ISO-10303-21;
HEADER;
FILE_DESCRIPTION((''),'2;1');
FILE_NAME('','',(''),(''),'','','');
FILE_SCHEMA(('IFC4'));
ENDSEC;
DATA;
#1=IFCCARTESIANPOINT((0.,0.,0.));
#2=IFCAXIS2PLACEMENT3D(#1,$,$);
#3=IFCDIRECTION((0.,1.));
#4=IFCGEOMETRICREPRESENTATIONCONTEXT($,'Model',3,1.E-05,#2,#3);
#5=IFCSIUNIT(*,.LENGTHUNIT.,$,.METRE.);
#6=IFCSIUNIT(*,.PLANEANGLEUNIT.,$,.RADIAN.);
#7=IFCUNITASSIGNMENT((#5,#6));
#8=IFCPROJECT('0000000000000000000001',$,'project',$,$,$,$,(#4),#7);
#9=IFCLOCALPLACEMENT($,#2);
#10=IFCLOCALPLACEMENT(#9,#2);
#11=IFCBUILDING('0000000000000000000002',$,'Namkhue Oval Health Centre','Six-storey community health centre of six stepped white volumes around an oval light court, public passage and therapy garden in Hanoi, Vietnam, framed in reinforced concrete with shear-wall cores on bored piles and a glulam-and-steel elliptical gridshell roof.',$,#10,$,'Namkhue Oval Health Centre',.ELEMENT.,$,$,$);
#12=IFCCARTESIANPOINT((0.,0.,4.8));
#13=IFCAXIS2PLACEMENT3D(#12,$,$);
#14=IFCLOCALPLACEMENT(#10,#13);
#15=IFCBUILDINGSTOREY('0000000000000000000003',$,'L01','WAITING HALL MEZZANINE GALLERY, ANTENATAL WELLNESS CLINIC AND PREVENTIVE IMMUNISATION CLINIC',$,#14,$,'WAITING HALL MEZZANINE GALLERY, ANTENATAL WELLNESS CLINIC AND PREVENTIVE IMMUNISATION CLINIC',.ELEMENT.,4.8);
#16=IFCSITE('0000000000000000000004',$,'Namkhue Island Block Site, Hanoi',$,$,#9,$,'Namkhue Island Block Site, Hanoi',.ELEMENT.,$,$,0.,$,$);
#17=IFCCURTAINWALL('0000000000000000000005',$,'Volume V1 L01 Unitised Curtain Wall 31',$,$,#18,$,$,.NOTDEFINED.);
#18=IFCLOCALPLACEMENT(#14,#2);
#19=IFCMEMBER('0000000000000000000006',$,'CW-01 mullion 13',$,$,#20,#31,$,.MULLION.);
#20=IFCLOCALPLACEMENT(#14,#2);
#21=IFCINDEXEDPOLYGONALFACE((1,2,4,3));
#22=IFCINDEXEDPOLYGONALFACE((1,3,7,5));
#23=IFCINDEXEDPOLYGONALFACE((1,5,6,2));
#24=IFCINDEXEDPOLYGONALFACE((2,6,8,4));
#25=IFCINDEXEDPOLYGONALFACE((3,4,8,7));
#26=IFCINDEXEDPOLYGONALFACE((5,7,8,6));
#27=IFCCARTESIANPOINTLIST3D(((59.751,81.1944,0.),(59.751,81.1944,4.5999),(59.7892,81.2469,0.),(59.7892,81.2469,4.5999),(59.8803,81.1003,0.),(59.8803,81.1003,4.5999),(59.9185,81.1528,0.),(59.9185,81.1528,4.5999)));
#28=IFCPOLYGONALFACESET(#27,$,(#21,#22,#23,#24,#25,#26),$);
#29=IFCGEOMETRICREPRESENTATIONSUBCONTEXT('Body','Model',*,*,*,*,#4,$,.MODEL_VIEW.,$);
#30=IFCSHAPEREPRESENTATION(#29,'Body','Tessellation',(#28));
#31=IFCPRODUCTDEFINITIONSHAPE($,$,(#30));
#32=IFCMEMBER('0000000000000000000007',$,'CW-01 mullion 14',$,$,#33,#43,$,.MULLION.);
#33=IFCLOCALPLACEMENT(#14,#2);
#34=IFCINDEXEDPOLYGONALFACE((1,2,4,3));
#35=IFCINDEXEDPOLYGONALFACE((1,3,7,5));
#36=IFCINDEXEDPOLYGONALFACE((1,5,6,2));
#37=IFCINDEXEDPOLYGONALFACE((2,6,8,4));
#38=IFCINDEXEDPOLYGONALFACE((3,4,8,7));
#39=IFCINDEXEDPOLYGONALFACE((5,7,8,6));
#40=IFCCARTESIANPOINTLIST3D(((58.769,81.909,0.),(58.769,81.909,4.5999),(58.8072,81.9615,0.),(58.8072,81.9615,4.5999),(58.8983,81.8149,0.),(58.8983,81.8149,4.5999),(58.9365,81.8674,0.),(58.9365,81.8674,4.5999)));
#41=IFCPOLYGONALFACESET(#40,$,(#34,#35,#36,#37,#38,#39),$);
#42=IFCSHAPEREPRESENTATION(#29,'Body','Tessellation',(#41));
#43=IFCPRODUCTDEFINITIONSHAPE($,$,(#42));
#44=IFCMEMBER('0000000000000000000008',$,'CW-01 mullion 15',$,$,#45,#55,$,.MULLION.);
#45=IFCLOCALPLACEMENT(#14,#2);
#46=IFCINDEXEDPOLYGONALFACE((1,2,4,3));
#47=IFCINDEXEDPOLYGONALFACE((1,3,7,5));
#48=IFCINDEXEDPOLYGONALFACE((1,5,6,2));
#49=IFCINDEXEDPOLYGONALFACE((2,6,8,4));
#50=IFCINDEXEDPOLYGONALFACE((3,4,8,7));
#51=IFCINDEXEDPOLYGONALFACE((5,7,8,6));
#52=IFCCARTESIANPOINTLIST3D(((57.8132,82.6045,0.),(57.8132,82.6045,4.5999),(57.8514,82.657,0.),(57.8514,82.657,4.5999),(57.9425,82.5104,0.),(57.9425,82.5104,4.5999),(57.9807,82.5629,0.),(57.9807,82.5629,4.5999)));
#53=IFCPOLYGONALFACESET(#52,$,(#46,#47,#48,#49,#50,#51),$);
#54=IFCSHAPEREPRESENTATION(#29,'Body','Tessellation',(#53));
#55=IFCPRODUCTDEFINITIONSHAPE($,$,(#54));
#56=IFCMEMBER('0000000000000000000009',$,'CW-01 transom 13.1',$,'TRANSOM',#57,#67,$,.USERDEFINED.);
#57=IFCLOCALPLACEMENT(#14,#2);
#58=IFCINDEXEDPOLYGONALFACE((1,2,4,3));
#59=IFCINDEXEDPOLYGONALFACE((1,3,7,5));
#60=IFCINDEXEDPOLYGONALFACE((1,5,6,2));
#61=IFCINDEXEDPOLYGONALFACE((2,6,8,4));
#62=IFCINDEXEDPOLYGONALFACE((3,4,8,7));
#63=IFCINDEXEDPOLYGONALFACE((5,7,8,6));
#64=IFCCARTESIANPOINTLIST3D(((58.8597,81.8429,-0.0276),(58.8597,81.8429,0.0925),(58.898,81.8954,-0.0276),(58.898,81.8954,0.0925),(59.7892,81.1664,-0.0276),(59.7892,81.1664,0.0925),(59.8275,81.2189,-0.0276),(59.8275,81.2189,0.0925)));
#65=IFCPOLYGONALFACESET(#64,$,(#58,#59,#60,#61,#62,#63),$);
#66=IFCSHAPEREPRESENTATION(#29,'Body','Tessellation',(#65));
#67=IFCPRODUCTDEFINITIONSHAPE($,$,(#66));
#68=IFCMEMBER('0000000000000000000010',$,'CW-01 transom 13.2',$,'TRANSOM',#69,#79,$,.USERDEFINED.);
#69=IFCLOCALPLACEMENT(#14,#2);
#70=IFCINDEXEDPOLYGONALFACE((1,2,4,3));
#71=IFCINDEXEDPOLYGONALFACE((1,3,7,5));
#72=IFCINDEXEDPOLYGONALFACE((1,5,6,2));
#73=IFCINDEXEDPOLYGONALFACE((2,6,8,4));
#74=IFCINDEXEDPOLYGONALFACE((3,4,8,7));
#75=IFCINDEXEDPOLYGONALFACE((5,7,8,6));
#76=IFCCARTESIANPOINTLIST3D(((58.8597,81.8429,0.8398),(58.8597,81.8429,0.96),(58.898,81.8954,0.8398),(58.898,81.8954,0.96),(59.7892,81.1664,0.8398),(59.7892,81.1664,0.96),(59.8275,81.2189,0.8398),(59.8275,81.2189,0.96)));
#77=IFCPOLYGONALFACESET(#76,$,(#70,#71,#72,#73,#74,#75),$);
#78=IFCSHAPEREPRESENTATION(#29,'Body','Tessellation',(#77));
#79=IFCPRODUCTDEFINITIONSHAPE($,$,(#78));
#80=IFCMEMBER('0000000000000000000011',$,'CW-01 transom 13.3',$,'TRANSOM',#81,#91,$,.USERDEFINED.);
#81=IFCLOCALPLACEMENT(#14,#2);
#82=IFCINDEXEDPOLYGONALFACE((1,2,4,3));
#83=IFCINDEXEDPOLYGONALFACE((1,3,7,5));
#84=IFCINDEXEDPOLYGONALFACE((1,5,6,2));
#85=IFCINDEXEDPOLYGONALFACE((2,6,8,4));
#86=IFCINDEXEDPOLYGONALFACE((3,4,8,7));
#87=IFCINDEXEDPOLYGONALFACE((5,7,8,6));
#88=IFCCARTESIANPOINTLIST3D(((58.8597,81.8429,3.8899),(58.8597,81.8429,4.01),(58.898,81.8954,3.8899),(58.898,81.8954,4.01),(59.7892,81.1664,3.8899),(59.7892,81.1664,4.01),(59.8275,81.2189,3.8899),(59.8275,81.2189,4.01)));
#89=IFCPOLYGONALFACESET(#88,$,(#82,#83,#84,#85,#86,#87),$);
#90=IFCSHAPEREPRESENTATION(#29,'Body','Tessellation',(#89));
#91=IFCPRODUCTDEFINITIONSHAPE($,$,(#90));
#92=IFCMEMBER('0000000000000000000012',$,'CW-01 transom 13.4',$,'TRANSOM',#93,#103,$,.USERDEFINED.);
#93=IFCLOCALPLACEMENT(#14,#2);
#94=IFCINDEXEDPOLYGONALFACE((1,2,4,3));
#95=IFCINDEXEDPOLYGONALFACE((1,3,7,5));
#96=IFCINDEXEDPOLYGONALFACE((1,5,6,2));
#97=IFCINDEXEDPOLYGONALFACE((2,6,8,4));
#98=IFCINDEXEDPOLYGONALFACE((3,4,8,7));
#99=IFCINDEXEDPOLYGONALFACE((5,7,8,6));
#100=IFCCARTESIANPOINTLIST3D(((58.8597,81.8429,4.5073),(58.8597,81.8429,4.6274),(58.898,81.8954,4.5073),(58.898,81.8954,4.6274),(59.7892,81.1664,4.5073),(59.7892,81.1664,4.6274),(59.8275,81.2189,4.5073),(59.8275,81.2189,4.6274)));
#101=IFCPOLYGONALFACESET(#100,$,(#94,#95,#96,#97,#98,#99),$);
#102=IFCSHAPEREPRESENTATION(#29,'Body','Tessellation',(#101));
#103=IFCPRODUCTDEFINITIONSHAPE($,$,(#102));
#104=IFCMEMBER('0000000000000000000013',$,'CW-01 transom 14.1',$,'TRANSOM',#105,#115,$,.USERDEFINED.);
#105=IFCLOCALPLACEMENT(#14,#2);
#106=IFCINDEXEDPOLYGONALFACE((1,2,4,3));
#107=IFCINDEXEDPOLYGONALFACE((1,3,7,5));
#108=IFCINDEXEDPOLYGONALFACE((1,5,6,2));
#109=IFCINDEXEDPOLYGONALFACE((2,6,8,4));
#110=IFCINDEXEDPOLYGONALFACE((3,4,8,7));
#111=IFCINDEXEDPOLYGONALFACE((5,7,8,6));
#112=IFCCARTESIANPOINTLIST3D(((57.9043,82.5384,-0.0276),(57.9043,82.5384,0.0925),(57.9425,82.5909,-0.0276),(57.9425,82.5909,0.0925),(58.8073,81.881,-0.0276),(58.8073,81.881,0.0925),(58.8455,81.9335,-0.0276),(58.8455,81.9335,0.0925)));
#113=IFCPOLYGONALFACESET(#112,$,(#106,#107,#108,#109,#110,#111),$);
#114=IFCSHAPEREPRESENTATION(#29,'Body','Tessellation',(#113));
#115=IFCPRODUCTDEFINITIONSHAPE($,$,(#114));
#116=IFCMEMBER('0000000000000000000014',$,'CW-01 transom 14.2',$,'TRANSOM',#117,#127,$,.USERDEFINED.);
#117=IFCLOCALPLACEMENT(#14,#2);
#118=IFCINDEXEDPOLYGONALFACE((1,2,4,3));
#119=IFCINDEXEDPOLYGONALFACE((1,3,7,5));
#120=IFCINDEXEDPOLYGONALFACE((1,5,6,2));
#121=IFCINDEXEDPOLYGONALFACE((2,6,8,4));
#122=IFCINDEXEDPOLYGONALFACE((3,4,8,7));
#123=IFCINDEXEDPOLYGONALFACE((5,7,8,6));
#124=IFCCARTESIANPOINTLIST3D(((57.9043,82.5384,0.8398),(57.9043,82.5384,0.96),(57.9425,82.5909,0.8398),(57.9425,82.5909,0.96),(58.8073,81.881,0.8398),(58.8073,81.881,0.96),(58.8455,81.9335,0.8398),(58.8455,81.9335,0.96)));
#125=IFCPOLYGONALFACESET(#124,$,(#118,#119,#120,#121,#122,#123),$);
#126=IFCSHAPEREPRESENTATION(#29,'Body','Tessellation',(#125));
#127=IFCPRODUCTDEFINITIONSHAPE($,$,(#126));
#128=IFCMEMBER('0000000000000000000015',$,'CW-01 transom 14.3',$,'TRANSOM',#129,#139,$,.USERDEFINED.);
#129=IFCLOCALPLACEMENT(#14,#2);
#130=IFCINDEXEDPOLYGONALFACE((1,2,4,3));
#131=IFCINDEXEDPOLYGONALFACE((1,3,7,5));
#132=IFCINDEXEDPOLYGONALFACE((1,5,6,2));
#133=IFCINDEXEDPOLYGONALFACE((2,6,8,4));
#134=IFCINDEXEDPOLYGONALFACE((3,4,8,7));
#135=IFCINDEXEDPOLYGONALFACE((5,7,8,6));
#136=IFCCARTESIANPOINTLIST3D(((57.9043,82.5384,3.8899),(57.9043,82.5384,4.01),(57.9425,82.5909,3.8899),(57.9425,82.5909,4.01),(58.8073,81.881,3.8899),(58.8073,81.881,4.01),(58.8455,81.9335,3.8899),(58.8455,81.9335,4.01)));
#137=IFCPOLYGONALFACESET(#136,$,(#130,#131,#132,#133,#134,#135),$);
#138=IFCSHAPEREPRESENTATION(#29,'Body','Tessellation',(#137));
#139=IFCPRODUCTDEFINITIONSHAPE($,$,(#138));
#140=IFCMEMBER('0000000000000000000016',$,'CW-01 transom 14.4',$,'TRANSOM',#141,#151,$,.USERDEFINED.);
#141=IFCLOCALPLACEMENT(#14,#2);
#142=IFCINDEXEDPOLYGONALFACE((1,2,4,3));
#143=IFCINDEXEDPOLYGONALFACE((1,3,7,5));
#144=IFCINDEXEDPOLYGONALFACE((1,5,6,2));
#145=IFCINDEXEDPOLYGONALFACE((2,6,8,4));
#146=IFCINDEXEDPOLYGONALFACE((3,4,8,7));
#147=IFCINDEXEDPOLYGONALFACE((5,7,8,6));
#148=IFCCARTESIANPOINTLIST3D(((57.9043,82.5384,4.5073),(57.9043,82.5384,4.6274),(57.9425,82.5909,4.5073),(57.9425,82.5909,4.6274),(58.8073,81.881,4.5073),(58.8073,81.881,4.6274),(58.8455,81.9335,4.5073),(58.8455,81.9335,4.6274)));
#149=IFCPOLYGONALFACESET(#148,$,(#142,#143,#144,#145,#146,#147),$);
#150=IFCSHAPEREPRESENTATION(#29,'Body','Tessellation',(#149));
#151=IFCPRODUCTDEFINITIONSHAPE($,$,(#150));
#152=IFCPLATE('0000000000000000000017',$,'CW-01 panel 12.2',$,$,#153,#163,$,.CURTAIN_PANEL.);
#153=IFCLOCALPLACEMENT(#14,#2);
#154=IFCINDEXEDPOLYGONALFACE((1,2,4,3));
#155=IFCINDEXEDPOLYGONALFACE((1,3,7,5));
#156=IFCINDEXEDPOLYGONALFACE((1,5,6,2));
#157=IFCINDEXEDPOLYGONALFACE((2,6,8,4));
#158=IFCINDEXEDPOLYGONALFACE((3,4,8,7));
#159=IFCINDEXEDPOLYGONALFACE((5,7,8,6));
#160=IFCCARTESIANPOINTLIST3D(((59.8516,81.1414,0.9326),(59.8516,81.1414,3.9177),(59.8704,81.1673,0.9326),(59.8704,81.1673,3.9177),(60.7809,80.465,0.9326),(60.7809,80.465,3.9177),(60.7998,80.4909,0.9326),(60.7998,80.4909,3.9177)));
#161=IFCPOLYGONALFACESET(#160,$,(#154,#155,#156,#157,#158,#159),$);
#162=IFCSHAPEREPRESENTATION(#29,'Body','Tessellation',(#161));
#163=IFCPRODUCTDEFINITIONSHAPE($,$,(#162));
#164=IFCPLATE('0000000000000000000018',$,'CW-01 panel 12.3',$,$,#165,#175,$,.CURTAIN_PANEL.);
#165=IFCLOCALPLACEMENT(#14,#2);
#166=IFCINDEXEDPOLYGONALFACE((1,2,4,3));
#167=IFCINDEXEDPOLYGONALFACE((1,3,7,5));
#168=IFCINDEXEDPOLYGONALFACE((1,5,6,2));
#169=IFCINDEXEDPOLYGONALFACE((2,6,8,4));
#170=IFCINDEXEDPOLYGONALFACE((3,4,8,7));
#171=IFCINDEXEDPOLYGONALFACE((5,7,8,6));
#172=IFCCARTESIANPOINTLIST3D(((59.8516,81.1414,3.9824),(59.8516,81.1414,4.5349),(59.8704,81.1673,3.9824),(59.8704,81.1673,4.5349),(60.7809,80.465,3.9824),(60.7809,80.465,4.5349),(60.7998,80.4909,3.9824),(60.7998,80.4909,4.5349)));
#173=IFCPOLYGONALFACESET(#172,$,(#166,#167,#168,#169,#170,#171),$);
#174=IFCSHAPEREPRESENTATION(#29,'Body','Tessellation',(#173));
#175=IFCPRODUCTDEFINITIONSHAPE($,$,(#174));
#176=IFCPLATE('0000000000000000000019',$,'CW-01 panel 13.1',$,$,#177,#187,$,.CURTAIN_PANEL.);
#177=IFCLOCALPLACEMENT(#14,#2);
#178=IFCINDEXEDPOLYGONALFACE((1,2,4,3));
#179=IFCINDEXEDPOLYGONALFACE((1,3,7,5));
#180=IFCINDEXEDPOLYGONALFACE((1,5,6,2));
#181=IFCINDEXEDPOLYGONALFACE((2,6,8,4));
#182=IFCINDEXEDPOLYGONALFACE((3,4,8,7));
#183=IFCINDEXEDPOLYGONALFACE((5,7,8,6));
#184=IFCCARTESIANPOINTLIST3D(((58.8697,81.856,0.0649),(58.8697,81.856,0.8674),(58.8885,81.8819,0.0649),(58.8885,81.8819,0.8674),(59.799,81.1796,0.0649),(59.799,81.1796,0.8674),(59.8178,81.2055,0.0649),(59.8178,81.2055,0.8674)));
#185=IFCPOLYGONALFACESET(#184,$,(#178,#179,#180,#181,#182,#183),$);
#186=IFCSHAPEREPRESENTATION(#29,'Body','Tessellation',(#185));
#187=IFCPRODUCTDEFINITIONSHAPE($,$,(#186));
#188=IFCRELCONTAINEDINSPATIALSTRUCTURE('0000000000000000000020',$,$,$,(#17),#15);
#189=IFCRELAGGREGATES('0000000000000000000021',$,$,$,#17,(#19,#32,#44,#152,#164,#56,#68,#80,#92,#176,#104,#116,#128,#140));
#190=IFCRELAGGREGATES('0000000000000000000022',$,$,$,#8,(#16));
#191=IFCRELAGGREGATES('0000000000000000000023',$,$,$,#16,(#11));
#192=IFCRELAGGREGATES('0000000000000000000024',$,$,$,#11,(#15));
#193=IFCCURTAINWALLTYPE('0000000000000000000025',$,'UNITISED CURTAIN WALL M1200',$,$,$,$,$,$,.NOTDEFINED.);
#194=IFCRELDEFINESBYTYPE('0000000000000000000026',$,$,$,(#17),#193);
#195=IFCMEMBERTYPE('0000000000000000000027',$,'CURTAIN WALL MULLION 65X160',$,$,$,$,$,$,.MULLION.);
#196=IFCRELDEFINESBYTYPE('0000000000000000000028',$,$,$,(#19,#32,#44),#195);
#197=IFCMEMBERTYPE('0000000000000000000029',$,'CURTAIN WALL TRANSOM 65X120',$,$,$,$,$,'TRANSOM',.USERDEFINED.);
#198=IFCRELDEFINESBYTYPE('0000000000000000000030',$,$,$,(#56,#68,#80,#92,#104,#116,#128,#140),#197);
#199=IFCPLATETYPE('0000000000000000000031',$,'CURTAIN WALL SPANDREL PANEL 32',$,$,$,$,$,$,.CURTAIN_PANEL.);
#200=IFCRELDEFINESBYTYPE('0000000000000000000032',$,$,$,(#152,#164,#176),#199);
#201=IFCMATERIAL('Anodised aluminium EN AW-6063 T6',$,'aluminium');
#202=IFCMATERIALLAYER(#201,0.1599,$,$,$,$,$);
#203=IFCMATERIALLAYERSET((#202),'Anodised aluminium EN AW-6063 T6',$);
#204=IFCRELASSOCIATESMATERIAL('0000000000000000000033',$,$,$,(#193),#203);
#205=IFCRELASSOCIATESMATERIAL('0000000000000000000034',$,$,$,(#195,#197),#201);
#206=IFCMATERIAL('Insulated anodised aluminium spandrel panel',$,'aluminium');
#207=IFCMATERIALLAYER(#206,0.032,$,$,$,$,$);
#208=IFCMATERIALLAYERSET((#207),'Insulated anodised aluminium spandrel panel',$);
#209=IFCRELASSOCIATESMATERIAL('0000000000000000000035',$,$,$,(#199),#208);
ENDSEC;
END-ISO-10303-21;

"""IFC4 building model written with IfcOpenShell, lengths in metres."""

from ifc_helpers import new_model, si_unit, direction, frame, origin, origin_2d, place, context, subcontext, project, spatial, rectangle, extrude, material, layer, layer_set, material_profile, profile_set, type_object, element, aggregate, save


model = new_model("IFC4")

# Units and contexts
model_context = context("Model", 3, precision=1e-05, world=origin(), true_north=direction((0.0, 1.0)))
body_context = subcontext(model_context, "Body", "Model", "MODEL_VIEW")
ifc_project = project(units=[si_unit("LENGTHUNIT", "METRE"), si_unit("PLANEANGLEUNIT", "RADIAN")], contexts=[model_context])

# Site, building, storey
site_placement = place(None, origin())
site = spatial("IfcSite", under=ifc_project, at=site_placement, Name="Namkhue Island Block Site, Hanoi", LongName="Namkhue Island Block Site, Hanoi", CompositionType="ELEMENT", RefElevation=0.0)
building_placement = place(site_placement, origin())
building = spatial("IfcBuilding", under=site, at=building_placement, Name="Namkhue Oval Health Centre", Description="Six-storey community health centre of six stepped white volumes around an oval light court, public passage and therapy garden in Hanoi, Vietnam, framed in reinforced concrete with shear-wall cores on bored piles and a glulam-and-steel elliptical gridshell roof.", LongName="Namkhue Oval Health Centre", CompositionType="ELEMENT")
storey_placement = place(building_placement, frame((0.0, 0.0, 4.8)))
storey = spatial("IfcBuildingStorey", under=building, at=storey_placement, Name="L01", Description="WAITING HALL MEZZANINE GALLERY, ANTENATAL WELLNESS CLINIC AND PREVENTIVE IMMUNISATION CLINIC", LongName="WAITING HALL MEZZANINE GALLERY, ANTENATAL WELLNESS CLINIC AND PREVENTIVE IMMUNISATION CLINIC", CompositionType="ELEMENT", Elevation=4.8)

# Curtain wall, members, plates
ifc_material_1 = material(Name="Anodised aluminium EN AW-6063 T6", Category="aluminium")
ifc_layer_1 = layer(ifc_material_1, 0.1599)
ifc_layer_set_1 = layer_set([ifc_layer_1], Name="Anodised aluminium EN AW-6063 T6")
curtain_wall_type = type_object("IfcCurtainWallType", Name="UNITISED CURTAIN WALL M1200", PredefinedType="NOTDEFINED", material=ifc_layer_set_1)
curtain_wall_placement = place(storey_placement, origin())
curtain_wall = element("IfcCurtainWall", 1, at=curtain_wall_placement, inside=storey, type_object=curtain_wall_type, Name="Volume V1 L01 Unitised Curtain Wall 31", PredefinedType="NOTDEFINED")
ifc_material_profile_1 = material_profile(ifc_material_1, rectangle(XDim=0.0649, YDim=0.1599, at=origin_2d()), Name="ALU 65x160")
ifc_profile_set_1 = profile_set([ifc_material_profile_1], Name="Anodised aluminium EN AW-6063 T6")
member_type_1 = type_object("IfcMemberType", Name="CURTAIN WALL MULLION 65X160", PredefinedType="MULLION", material=ifc_profile_set_1)
member_1_placement = place(storey_placement, frame((59.8347, 81.1736, 0.0), z_axis=(0.0, 0.0, 1.0), x_axis=(-0.588477, -0.808514, 0.0)))
member_1 = element("IfcMember", 2, at=member_1_placement, type_object=member_type_1, Name="CW-01 mullion 13", PredefinedType="MULLION", context=body_context, shape_type="SweptSolid", body=[
    extrude(rectangle(XDim=0.0649, YDim=0.1599, at=origin_2d()), origin(), (0.0, 0.0, 1.0), 4.5999),
])
member_2_placement = place(storey_placement, frame((58.8528, 81.8882, 0.0), z_axis=(0.0, 0.0, 1.0), x_axis=(-0.588477, -0.808514, 0.0)))
member_2 = element("IfcMember", 3, at=member_2_placement, type_object=member_type_1, Name="CW-01 mullion 14", PredefinedType="MULLION", context=body_context, shape_type="SweptSolid", body=[
    extrude(rectangle(XDim=0.0649, YDim=0.1599, at=origin_2d()), origin(), (0.0, 0.0, 1.0), 4.5999),
])
member_3_placement = place(storey_placement, frame((57.897, 82.5837, 0.0), z_axis=(0.0, 0.0, 1.0), x_axis=(-0.588477, -0.808514, 0.0)))
member_3 = element("IfcMember", 4, at=member_3_placement, type_object=member_type_1, Name="CW-01 mullion 15", PredefinedType="MULLION", context=body_context, shape_type="SweptSolid", body=[
    extrude(rectangle(XDim=0.0649, YDim=0.1599, at=origin_2d()), origin(), (0.0, 0.0, 1.0), 4.5999),
])
ifc_material_profile_2 = material_profile(ifc_material_1, rectangle(XDim=0.0649, YDim=0.1201, at=origin_2d()), Name="ALU 65x120")
ifc_profile_set_2 = profile_set([ifc_material_profile_2], Name="Anodised aluminium EN AW-6063 T6")
member_type_2 = type_object("IfcMemberType", Name="CURTAIN WALL TRANSOM 65X120", ElementType="TRANSOM", PredefinedType="USERDEFINED", material=ifc_profile_set_2)
member_4_placement = place(storey_placement, frame((59.8083, 81.1926, 0.0325), z_axis=(-0.808506, 0.588487, 0.0), x_axis=(-0.588487, -0.808506, 0.0)))
member_4 = element("IfcMember", 5, at=member_4_placement, type_object=member_type_2, Name="CW-01 transom 13.1", ObjectType="TRANSOM", PredefinedType="USERDEFINED", context=body_context, shape_type="SweptSolid", body=[
    extrude(rectangle(XDim=0.0649, YDim=0.1201, at=origin_2d()), origin(), (0.0, 0.0, 1.0), 1.1497),
])
member_5_placement = place(storey_placement, frame((59.8083, 81.1926, 0.8999), z_axis=(-0.808506, 0.588487, 0.0), x_axis=(-0.588487, -0.808506, 0.0)))
member_5 = element("IfcMember", 6, at=member_5_placement, type_object=member_type_2, Name="CW-01 transom 13.2", ObjectType="TRANSOM", PredefinedType="USERDEFINED", context=body_context, shape_type="SweptSolid", body=[
    extrude(rectangle(XDim=0.0649, YDim=0.1201, at=origin_2d()), origin(), (0.0, 0.0, 1.0), 1.1497),
])
member_6_placement = place(storey_placement, frame((59.8083, 81.1926, 3.95), z_axis=(-0.808506, 0.588487, 0.0), x_axis=(-0.588487, -0.808506, 0.0)))
member_6 = element("IfcMember", 7, at=member_6_placement, type_object=member_type_2, Name="CW-01 transom 13.3", ObjectType="TRANSOM", PredefinedType="USERDEFINED", context=body_context, shape_type="SweptSolid", body=[
    extrude(rectangle(XDim=0.0649, YDim=0.1201, at=origin_2d()), origin(), (0.0, 0.0, 1.0), 1.1497),
])
member_7_placement = place(storey_placement, frame((59.8083, 81.1926, 4.5674), z_axis=(-0.808506, 0.588487, 0.0), x_axis=(-0.588487, -0.808506, 0.0)))
member_7 = element("IfcMember", 8, at=member_7_placement, type_object=member_type_2, Name="CW-01 transom 13.4", ObjectType="TRANSOM", PredefinedType="USERDEFINED", context=body_context, shape_type="SweptSolid", body=[
    extrude(rectangle(XDim=0.0649, YDim=0.1201, at=origin_2d()), origin(), (0.0, 0.0, 1.0), 1.1497),
])
member_8_placement = place(storey_placement, frame((58.8264, 81.9072, 0.0325), z_axis=(-0.808443, 0.588574, 0.0), x_axis=(-0.588574, -0.808443, 0.0)))
member_8 = element("IfcMember", 9, at=member_8_placement, type_object=member_type_2, Name="CW-01 transom 14.1", ObjectType="TRANSOM", PredefinedType="USERDEFINED", context=body_context, shape_type="SweptSolid", body=[
    extrude(rectangle(XDim=0.0649, YDim=0.1201, at=origin_2d()), origin(), (0.0, 0.0, 1.0), 1.1169),
])
member_9_placement = place(storey_placement, frame((58.8264, 81.9072, 0.8999), z_axis=(-0.808443, 0.588574, 0.0), x_axis=(-0.588574, -0.808443, 0.0)))
member_9 = element("IfcMember", 10, at=member_9_placement, type_object=member_type_2, Name="CW-01 transom 14.2", ObjectType="TRANSOM", PredefinedType="USERDEFINED", context=body_context, shape_type="SweptSolid", body=[
    extrude(rectangle(XDim=0.0649, YDim=0.1201, at=origin_2d()), origin(), (0.0, 0.0, 1.0), 1.1169),
])
member_10_placement = place(storey_placement, frame((58.8264, 81.9072, 3.95), z_axis=(-0.808443, 0.588574, 0.0), x_axis=(-0.588574, -0.808443, 0.0)))
member_10 = element("IfcMember", 11, at=member_10_placement, type_object=member_type_2, Name="CW-01 transom 14.3", ObjectType="TRANSOM", PredefinedType="USERDEFINED", context=body_context, shape_type="SweptSolid", body=[
    extrude(rectangle(XDim=0.0649, YDim=0.1201, at=origin_2d()), origin(), (0.0, 0.0, 1.0), 1.1169),
])
member_11_placement = place(storey_placement, frame((58.8264, 81.9072, 4.5674), z_axis=(-0.808443, 0.588574, 0.0), x_axis=(-0.588574, -0.808443, 0.0)))
member_11 = element("IfcMember", 12, at=member_11_placement, type_object=member_type_2, Name="CW-01 transom 14.4", ObjectType="TRANSOM", PredefinedType="USERDEFINED", context=body_context, shape_type="SweptSolid", body=[
    extrude(rectangle(XDim=0.0649, YDim=0.1201, at=origin_2d()), origin(), (0.0, 0.0, 1.0), 1.1169),
])
ifc_material_2 = material(Name="Insulated anodised aluminium spandrel panel", Category="aluminium")
ifc_layer_2 = layer(ifc_material_2, 0.032)
ifc_layer_set_2 = layer_set([ifc_layer_2], Name="Insulated anodised aluminium spandrel panel")
plate_type = type_object("IfcPlateType", Name="CURTAIN WALL SPANDREL PANEL 32", PredefinedType="CURTAIN_PANEL", material=ifc_layer_set_2)
plate_1_placement = place(storey_placement, frame((60.3257, 80.8162, 0.9326), z_axis=(0.0, 0.0, 1.0), x_axis=(-0.808514, 0.588477, 0.0)))
plate_1 = element("IfcPlate", 13, at=plate_1_placement, type_object=plate_type, Name="CW-01 panel 12.2", PredefinedType="CURTAIN_PANEL", context=body_context, shape_type="SweptSolid", body=[
    extrude(rectangle(XDim=1.1494, YDim=0.032, at=origin_2d()), origin(), (0.0, 0.0, 1.0), 2.9851),
])
plate_2_placement = place(storey_placement, frame((60.3257, 80.8162, 3.9824), z_axis=(0.0, 0.0, 1.0), x_axis=(-0.808514, 0.588477, 0.0)))
plate_2 = element("IfcPlate", 14, at=plate_2_placement, type_object=plate_type, Name="CW-01 panel 12.3", PredefinedType="CURTAIN_PANEL", context=body_context, shape_type="SweptSolid", body=[
    extrude(rectangle(XDim=1.1494, YDim=0.032, at=origin_2d()), origin(), (0.0, 0.0, 1.0), 0.5525),
])
plate_3_placement = place(storey_placement, frame((59.3438, 81.5308, 0.0649), z_axis=(0.0, 0.0, 1.0), x_axis=(-0.808514, 0.588477, 0.0)))
plate_3 = element("IfcPlate", 15, at=plate_3_placement, type_object=plate_type, Name="CW-01 panel 13.1", PredefinedType="CURTAIN_PANEL", context=body_context, shape_type="SweptSolid", body=[
    extrude(rectangle(XDim=1.1494, YDim=0.032, at=origin_2d()), origin(), (0.0, 0.0, 1.0), 0.8025),
])
aggregate(curtain_wall, [member_1, member_2, member_3, plate_1, plate_2, member_4, member_5, member_6, member_7, plate_3, member_8, member_9, member_10, member_11])

save(model, "model.ifc")
